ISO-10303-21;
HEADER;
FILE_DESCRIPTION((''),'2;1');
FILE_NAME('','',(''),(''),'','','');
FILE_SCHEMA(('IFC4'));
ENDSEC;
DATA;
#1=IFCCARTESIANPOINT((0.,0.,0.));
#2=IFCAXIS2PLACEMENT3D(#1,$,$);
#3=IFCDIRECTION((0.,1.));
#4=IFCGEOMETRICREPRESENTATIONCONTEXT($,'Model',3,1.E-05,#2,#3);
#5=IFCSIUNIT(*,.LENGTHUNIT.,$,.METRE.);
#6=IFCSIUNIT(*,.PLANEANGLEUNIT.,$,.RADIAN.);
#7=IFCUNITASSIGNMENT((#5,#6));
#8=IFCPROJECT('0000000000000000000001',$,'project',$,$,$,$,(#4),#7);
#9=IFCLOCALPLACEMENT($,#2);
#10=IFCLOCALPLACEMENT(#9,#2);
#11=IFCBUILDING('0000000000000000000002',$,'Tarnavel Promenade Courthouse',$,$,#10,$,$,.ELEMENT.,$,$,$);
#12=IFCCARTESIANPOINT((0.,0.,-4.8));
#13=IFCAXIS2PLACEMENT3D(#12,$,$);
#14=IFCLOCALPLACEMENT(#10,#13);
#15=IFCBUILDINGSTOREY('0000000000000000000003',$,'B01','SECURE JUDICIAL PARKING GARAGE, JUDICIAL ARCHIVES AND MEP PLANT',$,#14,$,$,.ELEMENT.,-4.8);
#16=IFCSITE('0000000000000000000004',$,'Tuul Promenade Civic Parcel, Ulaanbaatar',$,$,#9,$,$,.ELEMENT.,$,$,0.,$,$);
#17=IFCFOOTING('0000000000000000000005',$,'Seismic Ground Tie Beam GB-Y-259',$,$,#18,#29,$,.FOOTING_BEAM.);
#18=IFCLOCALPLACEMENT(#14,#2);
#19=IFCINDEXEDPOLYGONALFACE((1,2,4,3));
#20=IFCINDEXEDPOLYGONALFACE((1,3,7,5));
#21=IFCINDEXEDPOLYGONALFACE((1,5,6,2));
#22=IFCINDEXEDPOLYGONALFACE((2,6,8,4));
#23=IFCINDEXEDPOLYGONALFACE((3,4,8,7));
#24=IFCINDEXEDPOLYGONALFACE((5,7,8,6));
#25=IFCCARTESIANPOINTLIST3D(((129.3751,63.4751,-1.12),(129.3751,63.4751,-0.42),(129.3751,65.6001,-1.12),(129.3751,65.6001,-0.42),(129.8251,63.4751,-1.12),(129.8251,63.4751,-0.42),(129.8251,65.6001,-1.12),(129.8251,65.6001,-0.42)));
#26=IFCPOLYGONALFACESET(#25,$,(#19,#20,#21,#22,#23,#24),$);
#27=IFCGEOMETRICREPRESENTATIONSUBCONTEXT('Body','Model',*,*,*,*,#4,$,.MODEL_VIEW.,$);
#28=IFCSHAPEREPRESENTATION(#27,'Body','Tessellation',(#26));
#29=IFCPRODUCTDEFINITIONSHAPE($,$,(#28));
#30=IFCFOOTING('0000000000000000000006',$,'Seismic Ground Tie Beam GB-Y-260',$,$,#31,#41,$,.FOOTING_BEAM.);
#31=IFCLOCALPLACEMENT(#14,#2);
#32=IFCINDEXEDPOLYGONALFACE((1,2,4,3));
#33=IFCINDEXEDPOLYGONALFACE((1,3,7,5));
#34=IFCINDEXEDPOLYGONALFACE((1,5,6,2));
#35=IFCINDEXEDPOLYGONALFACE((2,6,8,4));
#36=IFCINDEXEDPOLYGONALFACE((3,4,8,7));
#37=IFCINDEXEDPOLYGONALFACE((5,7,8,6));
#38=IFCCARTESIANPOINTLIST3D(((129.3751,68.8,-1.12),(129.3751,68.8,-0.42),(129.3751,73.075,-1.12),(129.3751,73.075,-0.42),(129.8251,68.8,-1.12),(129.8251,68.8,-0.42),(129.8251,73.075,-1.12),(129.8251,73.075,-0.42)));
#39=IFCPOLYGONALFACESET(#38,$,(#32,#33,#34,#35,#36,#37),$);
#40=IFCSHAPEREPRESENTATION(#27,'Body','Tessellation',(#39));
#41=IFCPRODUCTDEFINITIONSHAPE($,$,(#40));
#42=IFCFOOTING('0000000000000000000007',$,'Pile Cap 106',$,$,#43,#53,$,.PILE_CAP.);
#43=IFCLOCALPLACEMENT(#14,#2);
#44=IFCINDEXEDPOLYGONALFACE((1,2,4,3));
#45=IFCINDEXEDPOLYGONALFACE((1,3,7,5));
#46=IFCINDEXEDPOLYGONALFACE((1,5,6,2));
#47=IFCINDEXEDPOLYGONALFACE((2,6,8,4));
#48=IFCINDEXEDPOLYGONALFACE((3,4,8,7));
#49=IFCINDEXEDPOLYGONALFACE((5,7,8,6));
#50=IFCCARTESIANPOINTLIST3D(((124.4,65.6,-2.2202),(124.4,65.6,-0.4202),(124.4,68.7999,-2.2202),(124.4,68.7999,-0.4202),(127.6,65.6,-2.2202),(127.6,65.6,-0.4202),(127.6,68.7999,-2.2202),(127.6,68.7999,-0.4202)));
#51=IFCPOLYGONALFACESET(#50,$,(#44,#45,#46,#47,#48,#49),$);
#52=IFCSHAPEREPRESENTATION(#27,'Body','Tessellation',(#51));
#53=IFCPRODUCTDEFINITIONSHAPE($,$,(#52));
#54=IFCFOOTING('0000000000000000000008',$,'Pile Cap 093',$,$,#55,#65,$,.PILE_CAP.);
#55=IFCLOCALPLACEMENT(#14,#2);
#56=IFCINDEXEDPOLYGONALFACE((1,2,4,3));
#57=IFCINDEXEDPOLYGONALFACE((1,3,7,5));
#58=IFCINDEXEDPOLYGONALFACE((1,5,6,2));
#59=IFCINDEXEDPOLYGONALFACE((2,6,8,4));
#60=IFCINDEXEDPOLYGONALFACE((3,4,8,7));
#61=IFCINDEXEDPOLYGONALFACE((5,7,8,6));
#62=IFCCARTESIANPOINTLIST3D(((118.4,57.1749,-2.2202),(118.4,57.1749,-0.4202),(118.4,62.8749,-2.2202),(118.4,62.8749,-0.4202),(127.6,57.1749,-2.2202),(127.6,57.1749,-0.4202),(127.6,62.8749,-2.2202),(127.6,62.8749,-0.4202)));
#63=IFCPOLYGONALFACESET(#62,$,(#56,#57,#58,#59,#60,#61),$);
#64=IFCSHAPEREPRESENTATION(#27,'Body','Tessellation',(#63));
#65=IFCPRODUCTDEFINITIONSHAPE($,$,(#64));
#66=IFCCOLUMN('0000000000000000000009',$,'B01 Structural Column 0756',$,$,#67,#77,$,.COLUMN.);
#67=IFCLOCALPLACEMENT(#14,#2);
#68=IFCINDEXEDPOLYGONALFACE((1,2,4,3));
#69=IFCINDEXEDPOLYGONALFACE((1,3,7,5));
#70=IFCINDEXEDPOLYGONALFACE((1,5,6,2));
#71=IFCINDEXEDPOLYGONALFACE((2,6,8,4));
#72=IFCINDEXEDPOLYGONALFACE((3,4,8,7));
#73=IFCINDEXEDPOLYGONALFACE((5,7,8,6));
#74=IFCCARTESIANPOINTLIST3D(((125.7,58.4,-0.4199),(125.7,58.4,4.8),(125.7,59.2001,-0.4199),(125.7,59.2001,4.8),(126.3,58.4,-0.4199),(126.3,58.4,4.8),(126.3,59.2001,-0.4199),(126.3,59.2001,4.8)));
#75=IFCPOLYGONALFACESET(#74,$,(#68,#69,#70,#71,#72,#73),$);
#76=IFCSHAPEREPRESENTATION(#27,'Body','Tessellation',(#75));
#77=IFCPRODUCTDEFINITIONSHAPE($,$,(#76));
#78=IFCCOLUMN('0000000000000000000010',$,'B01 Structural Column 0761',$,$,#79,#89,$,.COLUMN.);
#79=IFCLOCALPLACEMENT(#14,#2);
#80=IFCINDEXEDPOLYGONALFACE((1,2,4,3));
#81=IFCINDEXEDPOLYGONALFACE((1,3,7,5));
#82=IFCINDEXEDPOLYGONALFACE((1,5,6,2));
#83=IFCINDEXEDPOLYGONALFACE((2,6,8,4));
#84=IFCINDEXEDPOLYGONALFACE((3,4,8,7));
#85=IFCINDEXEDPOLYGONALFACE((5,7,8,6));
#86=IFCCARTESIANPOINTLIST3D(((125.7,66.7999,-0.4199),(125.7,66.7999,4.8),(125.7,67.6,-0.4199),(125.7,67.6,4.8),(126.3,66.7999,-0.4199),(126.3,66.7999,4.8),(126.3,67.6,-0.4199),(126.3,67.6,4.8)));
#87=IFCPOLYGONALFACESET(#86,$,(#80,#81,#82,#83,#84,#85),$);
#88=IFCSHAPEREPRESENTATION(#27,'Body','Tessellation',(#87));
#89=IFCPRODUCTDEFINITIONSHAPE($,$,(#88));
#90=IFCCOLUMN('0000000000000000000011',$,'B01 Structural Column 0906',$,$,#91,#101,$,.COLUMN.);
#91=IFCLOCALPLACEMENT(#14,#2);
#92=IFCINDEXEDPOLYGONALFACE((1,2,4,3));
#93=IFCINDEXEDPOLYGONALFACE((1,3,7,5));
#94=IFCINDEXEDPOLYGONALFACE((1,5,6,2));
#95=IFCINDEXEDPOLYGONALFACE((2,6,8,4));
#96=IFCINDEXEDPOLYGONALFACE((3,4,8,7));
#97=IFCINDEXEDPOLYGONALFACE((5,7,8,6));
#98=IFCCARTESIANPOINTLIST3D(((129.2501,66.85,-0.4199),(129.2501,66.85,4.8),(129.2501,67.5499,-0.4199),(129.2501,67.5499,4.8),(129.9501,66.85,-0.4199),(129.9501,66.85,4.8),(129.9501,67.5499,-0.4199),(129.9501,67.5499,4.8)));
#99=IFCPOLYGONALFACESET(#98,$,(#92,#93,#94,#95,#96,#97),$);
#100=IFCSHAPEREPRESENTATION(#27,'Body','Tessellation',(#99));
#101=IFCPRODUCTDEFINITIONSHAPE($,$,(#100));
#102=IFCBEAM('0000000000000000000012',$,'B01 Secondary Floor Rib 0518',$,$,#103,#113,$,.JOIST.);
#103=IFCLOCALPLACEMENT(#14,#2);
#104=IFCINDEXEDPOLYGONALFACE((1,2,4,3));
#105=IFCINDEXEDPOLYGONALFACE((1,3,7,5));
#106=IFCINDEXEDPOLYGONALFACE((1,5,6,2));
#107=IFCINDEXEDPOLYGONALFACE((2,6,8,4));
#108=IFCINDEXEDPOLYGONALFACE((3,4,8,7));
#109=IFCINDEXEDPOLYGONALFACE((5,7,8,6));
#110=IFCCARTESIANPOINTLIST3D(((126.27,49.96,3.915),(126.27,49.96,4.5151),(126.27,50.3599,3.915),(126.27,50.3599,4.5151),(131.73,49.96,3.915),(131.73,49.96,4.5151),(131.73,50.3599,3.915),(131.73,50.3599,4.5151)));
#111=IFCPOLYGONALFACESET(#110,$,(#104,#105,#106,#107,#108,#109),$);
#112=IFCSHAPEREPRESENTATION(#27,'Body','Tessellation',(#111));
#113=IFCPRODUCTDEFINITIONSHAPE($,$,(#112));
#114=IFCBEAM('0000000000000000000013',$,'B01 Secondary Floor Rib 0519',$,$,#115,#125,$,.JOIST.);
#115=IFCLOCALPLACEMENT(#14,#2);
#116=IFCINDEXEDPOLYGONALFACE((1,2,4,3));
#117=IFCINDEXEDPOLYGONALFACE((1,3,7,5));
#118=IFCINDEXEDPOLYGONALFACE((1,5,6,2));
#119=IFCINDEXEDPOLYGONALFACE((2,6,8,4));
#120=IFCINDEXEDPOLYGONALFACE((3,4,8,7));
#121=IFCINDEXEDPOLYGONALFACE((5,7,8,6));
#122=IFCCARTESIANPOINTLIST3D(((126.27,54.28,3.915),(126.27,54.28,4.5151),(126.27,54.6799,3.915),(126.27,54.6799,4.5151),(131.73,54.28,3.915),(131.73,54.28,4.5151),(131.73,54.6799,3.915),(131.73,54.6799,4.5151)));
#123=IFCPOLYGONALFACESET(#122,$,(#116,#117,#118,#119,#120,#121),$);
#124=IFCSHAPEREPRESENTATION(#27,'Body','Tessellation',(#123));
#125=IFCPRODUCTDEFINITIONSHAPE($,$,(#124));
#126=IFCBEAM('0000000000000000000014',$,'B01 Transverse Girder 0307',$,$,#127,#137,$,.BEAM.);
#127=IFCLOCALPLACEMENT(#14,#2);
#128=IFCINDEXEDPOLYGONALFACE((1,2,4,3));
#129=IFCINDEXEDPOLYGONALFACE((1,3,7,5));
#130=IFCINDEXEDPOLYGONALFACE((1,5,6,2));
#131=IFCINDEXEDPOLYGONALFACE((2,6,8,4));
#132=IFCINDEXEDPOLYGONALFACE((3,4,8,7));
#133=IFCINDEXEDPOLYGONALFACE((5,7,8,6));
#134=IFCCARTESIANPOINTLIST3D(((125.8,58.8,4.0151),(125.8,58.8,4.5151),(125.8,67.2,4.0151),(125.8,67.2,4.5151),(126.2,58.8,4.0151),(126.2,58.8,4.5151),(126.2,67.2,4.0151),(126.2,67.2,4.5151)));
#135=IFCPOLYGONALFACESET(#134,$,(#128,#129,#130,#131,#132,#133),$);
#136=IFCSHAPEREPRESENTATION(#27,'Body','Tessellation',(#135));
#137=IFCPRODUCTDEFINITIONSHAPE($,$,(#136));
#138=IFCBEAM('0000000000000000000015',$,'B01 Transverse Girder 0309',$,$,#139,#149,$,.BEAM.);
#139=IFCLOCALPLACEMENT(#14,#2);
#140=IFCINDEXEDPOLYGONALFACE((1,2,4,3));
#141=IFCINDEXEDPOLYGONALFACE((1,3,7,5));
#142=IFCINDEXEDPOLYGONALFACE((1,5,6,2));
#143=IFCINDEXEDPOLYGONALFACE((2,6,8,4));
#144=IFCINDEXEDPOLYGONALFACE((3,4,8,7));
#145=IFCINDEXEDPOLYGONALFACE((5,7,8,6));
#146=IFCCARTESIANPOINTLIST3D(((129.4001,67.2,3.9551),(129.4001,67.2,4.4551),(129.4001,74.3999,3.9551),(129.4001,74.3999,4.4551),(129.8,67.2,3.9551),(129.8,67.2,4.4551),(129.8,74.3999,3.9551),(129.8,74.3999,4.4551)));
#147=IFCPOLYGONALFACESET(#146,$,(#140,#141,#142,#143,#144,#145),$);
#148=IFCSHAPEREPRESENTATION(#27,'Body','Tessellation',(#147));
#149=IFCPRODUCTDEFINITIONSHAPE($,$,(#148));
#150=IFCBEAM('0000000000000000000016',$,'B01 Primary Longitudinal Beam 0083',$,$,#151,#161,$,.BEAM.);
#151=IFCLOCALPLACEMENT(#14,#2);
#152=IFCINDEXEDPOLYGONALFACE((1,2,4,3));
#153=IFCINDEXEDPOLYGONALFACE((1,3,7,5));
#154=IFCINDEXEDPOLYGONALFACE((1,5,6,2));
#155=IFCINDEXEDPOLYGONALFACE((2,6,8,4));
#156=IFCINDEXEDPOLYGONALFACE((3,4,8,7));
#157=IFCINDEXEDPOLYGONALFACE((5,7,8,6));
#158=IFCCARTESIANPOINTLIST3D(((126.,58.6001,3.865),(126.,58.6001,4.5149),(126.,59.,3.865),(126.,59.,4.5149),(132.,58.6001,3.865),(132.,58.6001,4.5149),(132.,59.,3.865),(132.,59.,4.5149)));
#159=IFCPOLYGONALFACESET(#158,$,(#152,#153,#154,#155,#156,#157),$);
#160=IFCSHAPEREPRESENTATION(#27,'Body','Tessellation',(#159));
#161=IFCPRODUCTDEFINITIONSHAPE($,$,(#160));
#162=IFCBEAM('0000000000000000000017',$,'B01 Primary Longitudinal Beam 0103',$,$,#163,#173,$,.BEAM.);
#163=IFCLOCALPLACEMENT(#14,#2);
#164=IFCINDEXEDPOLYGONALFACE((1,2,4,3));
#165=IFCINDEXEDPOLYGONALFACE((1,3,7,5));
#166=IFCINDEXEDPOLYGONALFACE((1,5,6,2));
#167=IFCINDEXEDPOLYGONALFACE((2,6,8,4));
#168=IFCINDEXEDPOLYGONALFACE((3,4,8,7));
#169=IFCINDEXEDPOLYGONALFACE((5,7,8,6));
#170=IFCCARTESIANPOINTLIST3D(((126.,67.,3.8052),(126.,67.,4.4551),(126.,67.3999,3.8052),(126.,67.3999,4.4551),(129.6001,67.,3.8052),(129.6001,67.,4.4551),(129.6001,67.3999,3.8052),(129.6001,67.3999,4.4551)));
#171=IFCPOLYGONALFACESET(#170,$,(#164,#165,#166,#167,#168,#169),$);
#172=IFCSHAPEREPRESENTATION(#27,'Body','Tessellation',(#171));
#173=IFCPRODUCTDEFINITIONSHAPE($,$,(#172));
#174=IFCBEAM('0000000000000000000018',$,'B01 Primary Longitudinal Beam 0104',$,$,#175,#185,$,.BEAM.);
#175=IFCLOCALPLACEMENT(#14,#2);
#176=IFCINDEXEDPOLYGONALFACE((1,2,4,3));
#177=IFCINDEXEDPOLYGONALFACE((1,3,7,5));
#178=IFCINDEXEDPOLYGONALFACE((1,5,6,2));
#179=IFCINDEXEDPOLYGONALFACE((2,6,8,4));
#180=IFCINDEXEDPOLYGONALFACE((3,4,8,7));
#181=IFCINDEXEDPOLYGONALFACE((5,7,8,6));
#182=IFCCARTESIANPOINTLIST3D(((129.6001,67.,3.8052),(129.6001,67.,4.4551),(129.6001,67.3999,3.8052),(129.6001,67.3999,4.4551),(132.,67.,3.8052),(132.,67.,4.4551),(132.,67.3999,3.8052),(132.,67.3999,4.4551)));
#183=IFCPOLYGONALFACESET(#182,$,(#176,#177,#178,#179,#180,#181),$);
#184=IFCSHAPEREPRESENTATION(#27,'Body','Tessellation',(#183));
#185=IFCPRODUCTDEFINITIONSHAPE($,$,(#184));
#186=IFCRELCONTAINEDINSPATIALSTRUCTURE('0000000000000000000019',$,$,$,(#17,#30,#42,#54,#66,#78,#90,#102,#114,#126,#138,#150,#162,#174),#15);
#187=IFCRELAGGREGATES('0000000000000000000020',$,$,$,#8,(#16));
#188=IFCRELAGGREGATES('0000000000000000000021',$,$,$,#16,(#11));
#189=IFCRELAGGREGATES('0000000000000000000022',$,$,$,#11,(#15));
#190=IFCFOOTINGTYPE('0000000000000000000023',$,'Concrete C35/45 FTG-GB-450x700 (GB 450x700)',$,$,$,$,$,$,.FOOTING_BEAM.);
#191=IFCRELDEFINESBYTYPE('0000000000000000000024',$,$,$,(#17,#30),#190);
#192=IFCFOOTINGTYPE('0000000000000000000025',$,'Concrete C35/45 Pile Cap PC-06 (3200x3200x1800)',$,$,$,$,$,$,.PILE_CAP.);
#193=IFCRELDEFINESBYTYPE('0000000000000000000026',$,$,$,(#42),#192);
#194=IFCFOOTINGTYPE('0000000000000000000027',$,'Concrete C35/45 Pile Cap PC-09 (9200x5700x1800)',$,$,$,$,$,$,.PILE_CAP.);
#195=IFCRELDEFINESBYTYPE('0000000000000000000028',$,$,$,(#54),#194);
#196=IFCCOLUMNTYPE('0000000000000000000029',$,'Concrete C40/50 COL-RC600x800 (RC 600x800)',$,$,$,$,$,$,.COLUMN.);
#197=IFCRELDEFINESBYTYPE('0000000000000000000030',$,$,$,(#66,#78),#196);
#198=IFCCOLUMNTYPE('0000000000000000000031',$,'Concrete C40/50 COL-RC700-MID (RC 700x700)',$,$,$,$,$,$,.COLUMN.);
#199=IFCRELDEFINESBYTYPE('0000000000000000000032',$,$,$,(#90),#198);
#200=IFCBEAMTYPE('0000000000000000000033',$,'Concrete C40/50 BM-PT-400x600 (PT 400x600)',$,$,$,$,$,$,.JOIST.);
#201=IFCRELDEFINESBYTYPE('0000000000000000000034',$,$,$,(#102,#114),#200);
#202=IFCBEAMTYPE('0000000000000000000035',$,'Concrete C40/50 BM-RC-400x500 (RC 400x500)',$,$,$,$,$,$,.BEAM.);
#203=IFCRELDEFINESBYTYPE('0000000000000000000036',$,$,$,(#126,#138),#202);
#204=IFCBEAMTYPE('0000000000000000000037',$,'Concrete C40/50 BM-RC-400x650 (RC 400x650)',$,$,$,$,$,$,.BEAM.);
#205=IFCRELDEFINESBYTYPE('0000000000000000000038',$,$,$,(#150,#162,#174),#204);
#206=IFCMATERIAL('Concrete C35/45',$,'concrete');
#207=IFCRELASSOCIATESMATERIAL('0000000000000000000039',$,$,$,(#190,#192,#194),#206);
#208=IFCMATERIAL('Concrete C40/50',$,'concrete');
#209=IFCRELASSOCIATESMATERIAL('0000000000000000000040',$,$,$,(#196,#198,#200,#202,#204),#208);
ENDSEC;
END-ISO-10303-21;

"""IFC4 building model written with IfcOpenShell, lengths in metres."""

from ifc_helpers import new_model, si_unit, direction, frame, origin, origin_2d, place, context, subcontext, project, spatial, rectangle, extrude, material, material_profile, profile_set, type_object, element, save


model = new_model("IFC4")

# Units and contexts
model_context = context("Model", 3, precision=1e-05, world=origin(), true_north=direction((0.0, 1.0)))
body_context = subcontext(model_context, "Body", "Model", "MODEL_VIEW")
ifc_project = project(units=[si_unit("LENGTHUNIT", "METRE"), si_unit("PLANEANGLEUNIT", "RADIAN")], contexts=[model_context])

# Site, building, storey
site_placement = place(None, origin())
site = spatial("IfcSite", under=ifc_project, at=site_placement, Name="Tuul Promenade Civic Parcel, Ulaanbaatar", CompositionType="ELEMENT", RefElevation=0.0)
building_placement = place(site_placement, origin())
building = spatial("IfcBuilding", under=site, at=building_placement, Name="Tarnavel Promenade Courthouse", CompositionType="ELEMENT")
storey_placement = place(building_placement, frame((0.0, 0.0, -4.8)))
storey = spatial("IfcBuildingStorey", under=building, at=storey_placement, Name="B01", Description="SECURE JUDICIAL PARKING GARAGE, JUDICIAL ARCHIVES AND MEP PLANT", CompositionType="ELEMENT", Elevation=-4.8)

# Footings
ifc_material_1 = material(Name="Concrete C35/45", Category="concrete")
ifc_material_profile_1 = material_profile(ifc_material_1, rectangle(XDim=0.45, YDim=0.7, at=origin_2d()), Name="GB 450x700")
ifc_profile_set_1 = profile_set([ifc_material_profile_1], Name="Concrete C35/45")
footing_type_1 = type_object("IfcFootingType", Name="Concrete C35/45 FTG-GB-450x700 (GB 450x700)", PredefinedType="FOOTING_BEAM", material=ifc_profile_set_1)
footing_1_placement = place(storey_placement, frame((129.6001, 63.4751, -0.77), z_axis=(0.0, 1.0, 0.0), x_axis=(-1.0, 0.0, 0.0)))
element("IfcFooting", 1, at=footing_1_placement, inside=storey, type_object=footing_type_1, Name="Seismic Ground Tie Beam GB-Y-259", PredefinedType="FOOTING_BEAM", context=body_context, shape_type="SweptSolid", body=[
    extrude(rectangle(XDim=0.45, YDim=0.7, at=origin_2d()), origin(), (0.0, 0.0, 1.0), 2.125),
])
footing_2_placement = place(storey_placement, frame((129.6001, 68.8, -0.77), z_axis=(0.0, 1.0, 0.0), x_axis=(-1.0, 0.0, 0.0)))
element("IfcFooting", 2, at=footing_2_placement, inside=storey, type_object=footing_type_1, Name="Seismic Ground Tie Beam GB-Y-260", PredefinedType="FOOTING_BEAM", context=body_context, shape_type="SweptSolid", body=[
    extrude(rectangle(XDim=0.45, YDim=0.7, at=origin_2d()), origin(), (0.0, 0.0, 1.0), 4.2749),
])
footing_type_2 = type_object("IfcFootingType", Name="Concrete C35/45 Pile Cap PC-06 (3200x3200x1800)", PredefinedType="PILE_CAP", material=ifc_material_1)
footing_3_placement = place(storey_placement, frame((126.0, 67.2, -2.2202), z_axis=(0.0, 0.0, 1.0), x_axis=(1.0, 0.0, 0.0)))
element("IfcFooting", 3, at=footing_3_placement, inside=storey, type_object=footing_type_2, Name="Pile Cap 106", PredefinedType="PILE_CAP", context=body_context, shape_type="SweptSolid", body=[
    extrude(rectangle(XDim=3.2, YDim=3.2, at=origin_2d()), origin(), (0.0, 0.0, 1.0), 1.8),
])
footing_type_3 = type_object("IfcFootingType", Name="Concrete C35/45 Pile Cap PC-09 (9200x5700x1800)", PredefinedType="PILE_CAP", material=ifc_material_1)
footing_4_placement = place(storey_placement, frame((123.0, 60.0249, -2.2202), z_axis=(0.0, 0.0, 1.0), x_axis=(1.0, 0.0, 0.0)))
element("IfcFooting", 4, at=footing_4_placement, inside=storey, type_object=footing_type_3, Name="Pile Cap 093", PredefinedType="PILE_CAP", context=body_context, shape_type="SweptSolid", body=[
    extrude(rectangle(XDim=9.2, YDim=5.7, at=origin_2d()), origin(), (0.0, 0.0, 1.0), 1.8),
])

# Columns
ifc_material_2 = material(Name="Concrete C40/50", Category="concrete")
ifc_material_profile_2 = material_profile(ifc_material_2, rectangle(XDim=0.6001, YDim=0.8, at=origin_2d()), Name="RC 600x800")
ifc_profile_set_2 = profile_set([ifc_material_profile_2], Name="Concrete C40/50")
column_type_1 = type_object("IfcColumnType", Name="Concrete C40/50 COL-RC600x800 (RC 600x800)", PredefinedType="COLUMN", material=ifc_profile_set_2)
for number, where, z_axis, x_axis, name in (
    (5, (126.0, 58.8, -0.4199), (0.0, 0.0, 1.0), (1.0, 0.0, 0.0), "B01 Structural Column 0756"),
    (6, (126.0, 67.2, -0.4199), (0.0, 0.0, 1.0), (1.0, 0.0, 0.0), "B01 Structural Column 0761"),
):
    element("IfcColumn", number, at=place(storey_placement, frame(where, z_axis=z_axis, x_axis=x_axis)), inside=storey, type_object=column_type_1, Name=name, PredefinedType="COLUMN", context=body_context, shape_type="SweptSolid", body=[
        extrude(rectangle(XDim=0.6001, YDim=0.8, at=origin_2d()), origin(), (0.0, 0.0, 1.0), 5.22),
    ])
ifc_material_profile_3 = material_profile(ifc_material_2, rectangle(XDim=0.7, YDim=0.7, at=origin_2d()), Name="RC 700x700")
ifc_profile_set_3 = profile_set([ifc_material_profile_3], Name="Concrete C40/50")
column_type_2 = type_object("IfcColumnType", Name="Concrete C40/50 COL-RC700-MID (RC 700x700)", PredefinedType="COLUMN", material=ifc_profile_set_3)
column_placement = place(storey_placement, frame((129.6001, 67.2, -0.4199), z_axis=(0.0, 0.0, 1.0), x_axis=(1.0, 0.0, 0.0)))
element("IfcColumn", 7, at=column_placement, inside=storey, type_object=column_type_2, Name="B01 Structural Column 0906", PredefinedType="COLUMN", context=body_context, shape_type="SweptSolid", body=[
    extrude(rectangle(XDim=0.7, YDim=0.7, at=origin_2d()), origin(), (0.0, 0.0, 1.0), 5.22),
])

# Beams
ifc_material_profile_4 = material_profile(ifc_material_2, rectangle(XDim=0.3999, YDim=0.6001, at=origin_2d()), Name="PT 400x600")
ifc_profile_set_4 = profile_set([ifc_material_profile_4], Name="Concrete C40/50")
beam_type_1 = type_object("IfcBeamType", Name="Concrete C40/50 BM-PT-400x600 (PT 400x600)", PredefinedType="JOIST", material=ifc_profile_set_4)
for number, where, z_axis, x_axis, name in (
    (8, (126.27, 50.1599, 4.2151), (1.0, 0.0, 0.0), (0.0, 1.0, 0.0), "B01 Secondary Floor Rib 0518"),
    (9, (126.27, 54.48, 4.2151), (1.0, 0.0, 0.0), (0.0, 1.0, 0.0), "B01 Secondary Floor Rib 0519"),
):
    element("IfcBeam", number, at=place(storey_placement, frame(where, z_axis=z_axis, x_axis=x_axis)), inside=storey, type_object=beam_type_1, Name=name, PredefinedType="JOIST", context=body_context, shape_type="SweptSolid", body=[
        extrude(rectangle(XDim=0.3999, YDim=0.6001, at=origin_2d()), origin(), (0.0, 0.0, 1.0), 5.46),
    ])
ifc_material_profile_5 = material_profile(ifc_material_2, rectangle(XDim=0.3999, YDim=0.5, at=origin_2d()), Name="RC 400x500")
ifc_profile_set_5 = profile_set([ifc_material_profile_5], Name="Concrete C40/50")
beam_type_2 = type_object("IfcBeamType", Name="Concrete C40/50 BM-RC-400x500 (RC 400x500)", PredefinedType="BEAM", material=ifc_profile_set_5)
beam_1_placement = place(storey_placement, frame((126.0, 58.8, 4.2651), z_axis=(0.0, 1.0, 0.0), x_axis=(-1.0, 0.0, 0.0)))
element("IfcBeam", 10, at=beam_1_placement, inside=storey, type_object=beam_type_2, Name="B01 Transverse Girder 0307", PredefinedType="BEAM", context=body_context, shape_type="SweptSolid", body=[
    extrude(rectangle(XDim=0.3999, YDim=0.5, at=origin_2d()), origin(), (0.0, 0.0, 1.0), 8.3999),
])
beam_2_placement = place(storey_placement, frame((129.6001, 67.2, 4.2051), z_axis=(0.0, 1.0, 0.0), x_axis=(-1.0, 0.0, 0.0)))
element("IfcBeam", 11, at=beam_2_placement, inside=storey, type_object=beam_type_2, Name="B01 Transverse Girder 0309", PredefinedType="BEAM", context=body_context, shape_type="SweptSolid", body=[
    extrude(rectangle(XDim=0.3999, YDim=0.5, at=origin_2d()), origin(), (0.0, 0.0, 1.0), 7.2),
])
ifc_material_profile_6 = material_profile(ifc_material_2, rectangle(XDim=0.3999, YDim=0.6499, at=origin_2d()), Name="RC 400x650")
ifc_profile_set_6 = profile_set([ifc_material_profile_6], Name="Concrete C40/50")
beam_type_3 = type_object("IfcBeamType", Name="Concrete C40/50 BM-RC-400x650 (RC 400x650)", PredefinedType="BEAM", material=ifc_profile_set_6)
beam_3_placement = place(storey_placement, frame((126.0, 58.8, 4.1899), z_axis=(1.0, 0.0, 0.0), x_axis=(0.0, 1.0, 0.0)))
element("IfcBeam", 12, at=beam_3_placement, inside=storey, type_object=beam_type_3, Name="B01 Primary Longitudinal Beam 0083", PredefinedType="BEAM", context=body_context, shape_type="SweptSolid", body=[
    extrude(rectangle(XDim=0.3999, YDim=0.6499, at=origin_2d()), origin(), (0.0, 0.0, 1.0), 6.0),
])
beam_4_placement = place(storey_placement, frame((126.0, 67.2, 4.1301), z_axis=(1.0, 0.0, 0.0), x_axis=(0.0, 1.0, 0.0)))
element("IfcBeam", 13, at=beam_4_placement, inside=storey, type_object=beam_type_3, Name="B01 Primary Longitudinal Beam 0103", PredefinedType="BEAM", context=body_context, shape_type="SweptSolid", body=[
    extrude(rectangle(XDim=0.3999, YDim=0.6499, at=origin_2d()), origin(), (0.0, 0.0, 1.0), 3.6001),
])
beam_5_placement = place(storey_placement, frame((129.6001, 67.2, 4.1301), z_axis=(1.0, 0.0, 0.0), x_axis=(0.0, 1.0, 0.0)))
element("IfcBeam", 14, at=beam_5_placement, inside=storey, type_object=beam_type_3, Name="B01 Primary Longitudinal Beam 0104", PredefinedType="BEAM", context=body_context, shape_type="SweptSolid", body=[
    extrude(rectangle(XDim=0.3999, YDim=0.6499, at=origin_2d()), origin(), (0.0, 0.0, 1.0), 2.3999),
])

save(model, "model.ifc")
